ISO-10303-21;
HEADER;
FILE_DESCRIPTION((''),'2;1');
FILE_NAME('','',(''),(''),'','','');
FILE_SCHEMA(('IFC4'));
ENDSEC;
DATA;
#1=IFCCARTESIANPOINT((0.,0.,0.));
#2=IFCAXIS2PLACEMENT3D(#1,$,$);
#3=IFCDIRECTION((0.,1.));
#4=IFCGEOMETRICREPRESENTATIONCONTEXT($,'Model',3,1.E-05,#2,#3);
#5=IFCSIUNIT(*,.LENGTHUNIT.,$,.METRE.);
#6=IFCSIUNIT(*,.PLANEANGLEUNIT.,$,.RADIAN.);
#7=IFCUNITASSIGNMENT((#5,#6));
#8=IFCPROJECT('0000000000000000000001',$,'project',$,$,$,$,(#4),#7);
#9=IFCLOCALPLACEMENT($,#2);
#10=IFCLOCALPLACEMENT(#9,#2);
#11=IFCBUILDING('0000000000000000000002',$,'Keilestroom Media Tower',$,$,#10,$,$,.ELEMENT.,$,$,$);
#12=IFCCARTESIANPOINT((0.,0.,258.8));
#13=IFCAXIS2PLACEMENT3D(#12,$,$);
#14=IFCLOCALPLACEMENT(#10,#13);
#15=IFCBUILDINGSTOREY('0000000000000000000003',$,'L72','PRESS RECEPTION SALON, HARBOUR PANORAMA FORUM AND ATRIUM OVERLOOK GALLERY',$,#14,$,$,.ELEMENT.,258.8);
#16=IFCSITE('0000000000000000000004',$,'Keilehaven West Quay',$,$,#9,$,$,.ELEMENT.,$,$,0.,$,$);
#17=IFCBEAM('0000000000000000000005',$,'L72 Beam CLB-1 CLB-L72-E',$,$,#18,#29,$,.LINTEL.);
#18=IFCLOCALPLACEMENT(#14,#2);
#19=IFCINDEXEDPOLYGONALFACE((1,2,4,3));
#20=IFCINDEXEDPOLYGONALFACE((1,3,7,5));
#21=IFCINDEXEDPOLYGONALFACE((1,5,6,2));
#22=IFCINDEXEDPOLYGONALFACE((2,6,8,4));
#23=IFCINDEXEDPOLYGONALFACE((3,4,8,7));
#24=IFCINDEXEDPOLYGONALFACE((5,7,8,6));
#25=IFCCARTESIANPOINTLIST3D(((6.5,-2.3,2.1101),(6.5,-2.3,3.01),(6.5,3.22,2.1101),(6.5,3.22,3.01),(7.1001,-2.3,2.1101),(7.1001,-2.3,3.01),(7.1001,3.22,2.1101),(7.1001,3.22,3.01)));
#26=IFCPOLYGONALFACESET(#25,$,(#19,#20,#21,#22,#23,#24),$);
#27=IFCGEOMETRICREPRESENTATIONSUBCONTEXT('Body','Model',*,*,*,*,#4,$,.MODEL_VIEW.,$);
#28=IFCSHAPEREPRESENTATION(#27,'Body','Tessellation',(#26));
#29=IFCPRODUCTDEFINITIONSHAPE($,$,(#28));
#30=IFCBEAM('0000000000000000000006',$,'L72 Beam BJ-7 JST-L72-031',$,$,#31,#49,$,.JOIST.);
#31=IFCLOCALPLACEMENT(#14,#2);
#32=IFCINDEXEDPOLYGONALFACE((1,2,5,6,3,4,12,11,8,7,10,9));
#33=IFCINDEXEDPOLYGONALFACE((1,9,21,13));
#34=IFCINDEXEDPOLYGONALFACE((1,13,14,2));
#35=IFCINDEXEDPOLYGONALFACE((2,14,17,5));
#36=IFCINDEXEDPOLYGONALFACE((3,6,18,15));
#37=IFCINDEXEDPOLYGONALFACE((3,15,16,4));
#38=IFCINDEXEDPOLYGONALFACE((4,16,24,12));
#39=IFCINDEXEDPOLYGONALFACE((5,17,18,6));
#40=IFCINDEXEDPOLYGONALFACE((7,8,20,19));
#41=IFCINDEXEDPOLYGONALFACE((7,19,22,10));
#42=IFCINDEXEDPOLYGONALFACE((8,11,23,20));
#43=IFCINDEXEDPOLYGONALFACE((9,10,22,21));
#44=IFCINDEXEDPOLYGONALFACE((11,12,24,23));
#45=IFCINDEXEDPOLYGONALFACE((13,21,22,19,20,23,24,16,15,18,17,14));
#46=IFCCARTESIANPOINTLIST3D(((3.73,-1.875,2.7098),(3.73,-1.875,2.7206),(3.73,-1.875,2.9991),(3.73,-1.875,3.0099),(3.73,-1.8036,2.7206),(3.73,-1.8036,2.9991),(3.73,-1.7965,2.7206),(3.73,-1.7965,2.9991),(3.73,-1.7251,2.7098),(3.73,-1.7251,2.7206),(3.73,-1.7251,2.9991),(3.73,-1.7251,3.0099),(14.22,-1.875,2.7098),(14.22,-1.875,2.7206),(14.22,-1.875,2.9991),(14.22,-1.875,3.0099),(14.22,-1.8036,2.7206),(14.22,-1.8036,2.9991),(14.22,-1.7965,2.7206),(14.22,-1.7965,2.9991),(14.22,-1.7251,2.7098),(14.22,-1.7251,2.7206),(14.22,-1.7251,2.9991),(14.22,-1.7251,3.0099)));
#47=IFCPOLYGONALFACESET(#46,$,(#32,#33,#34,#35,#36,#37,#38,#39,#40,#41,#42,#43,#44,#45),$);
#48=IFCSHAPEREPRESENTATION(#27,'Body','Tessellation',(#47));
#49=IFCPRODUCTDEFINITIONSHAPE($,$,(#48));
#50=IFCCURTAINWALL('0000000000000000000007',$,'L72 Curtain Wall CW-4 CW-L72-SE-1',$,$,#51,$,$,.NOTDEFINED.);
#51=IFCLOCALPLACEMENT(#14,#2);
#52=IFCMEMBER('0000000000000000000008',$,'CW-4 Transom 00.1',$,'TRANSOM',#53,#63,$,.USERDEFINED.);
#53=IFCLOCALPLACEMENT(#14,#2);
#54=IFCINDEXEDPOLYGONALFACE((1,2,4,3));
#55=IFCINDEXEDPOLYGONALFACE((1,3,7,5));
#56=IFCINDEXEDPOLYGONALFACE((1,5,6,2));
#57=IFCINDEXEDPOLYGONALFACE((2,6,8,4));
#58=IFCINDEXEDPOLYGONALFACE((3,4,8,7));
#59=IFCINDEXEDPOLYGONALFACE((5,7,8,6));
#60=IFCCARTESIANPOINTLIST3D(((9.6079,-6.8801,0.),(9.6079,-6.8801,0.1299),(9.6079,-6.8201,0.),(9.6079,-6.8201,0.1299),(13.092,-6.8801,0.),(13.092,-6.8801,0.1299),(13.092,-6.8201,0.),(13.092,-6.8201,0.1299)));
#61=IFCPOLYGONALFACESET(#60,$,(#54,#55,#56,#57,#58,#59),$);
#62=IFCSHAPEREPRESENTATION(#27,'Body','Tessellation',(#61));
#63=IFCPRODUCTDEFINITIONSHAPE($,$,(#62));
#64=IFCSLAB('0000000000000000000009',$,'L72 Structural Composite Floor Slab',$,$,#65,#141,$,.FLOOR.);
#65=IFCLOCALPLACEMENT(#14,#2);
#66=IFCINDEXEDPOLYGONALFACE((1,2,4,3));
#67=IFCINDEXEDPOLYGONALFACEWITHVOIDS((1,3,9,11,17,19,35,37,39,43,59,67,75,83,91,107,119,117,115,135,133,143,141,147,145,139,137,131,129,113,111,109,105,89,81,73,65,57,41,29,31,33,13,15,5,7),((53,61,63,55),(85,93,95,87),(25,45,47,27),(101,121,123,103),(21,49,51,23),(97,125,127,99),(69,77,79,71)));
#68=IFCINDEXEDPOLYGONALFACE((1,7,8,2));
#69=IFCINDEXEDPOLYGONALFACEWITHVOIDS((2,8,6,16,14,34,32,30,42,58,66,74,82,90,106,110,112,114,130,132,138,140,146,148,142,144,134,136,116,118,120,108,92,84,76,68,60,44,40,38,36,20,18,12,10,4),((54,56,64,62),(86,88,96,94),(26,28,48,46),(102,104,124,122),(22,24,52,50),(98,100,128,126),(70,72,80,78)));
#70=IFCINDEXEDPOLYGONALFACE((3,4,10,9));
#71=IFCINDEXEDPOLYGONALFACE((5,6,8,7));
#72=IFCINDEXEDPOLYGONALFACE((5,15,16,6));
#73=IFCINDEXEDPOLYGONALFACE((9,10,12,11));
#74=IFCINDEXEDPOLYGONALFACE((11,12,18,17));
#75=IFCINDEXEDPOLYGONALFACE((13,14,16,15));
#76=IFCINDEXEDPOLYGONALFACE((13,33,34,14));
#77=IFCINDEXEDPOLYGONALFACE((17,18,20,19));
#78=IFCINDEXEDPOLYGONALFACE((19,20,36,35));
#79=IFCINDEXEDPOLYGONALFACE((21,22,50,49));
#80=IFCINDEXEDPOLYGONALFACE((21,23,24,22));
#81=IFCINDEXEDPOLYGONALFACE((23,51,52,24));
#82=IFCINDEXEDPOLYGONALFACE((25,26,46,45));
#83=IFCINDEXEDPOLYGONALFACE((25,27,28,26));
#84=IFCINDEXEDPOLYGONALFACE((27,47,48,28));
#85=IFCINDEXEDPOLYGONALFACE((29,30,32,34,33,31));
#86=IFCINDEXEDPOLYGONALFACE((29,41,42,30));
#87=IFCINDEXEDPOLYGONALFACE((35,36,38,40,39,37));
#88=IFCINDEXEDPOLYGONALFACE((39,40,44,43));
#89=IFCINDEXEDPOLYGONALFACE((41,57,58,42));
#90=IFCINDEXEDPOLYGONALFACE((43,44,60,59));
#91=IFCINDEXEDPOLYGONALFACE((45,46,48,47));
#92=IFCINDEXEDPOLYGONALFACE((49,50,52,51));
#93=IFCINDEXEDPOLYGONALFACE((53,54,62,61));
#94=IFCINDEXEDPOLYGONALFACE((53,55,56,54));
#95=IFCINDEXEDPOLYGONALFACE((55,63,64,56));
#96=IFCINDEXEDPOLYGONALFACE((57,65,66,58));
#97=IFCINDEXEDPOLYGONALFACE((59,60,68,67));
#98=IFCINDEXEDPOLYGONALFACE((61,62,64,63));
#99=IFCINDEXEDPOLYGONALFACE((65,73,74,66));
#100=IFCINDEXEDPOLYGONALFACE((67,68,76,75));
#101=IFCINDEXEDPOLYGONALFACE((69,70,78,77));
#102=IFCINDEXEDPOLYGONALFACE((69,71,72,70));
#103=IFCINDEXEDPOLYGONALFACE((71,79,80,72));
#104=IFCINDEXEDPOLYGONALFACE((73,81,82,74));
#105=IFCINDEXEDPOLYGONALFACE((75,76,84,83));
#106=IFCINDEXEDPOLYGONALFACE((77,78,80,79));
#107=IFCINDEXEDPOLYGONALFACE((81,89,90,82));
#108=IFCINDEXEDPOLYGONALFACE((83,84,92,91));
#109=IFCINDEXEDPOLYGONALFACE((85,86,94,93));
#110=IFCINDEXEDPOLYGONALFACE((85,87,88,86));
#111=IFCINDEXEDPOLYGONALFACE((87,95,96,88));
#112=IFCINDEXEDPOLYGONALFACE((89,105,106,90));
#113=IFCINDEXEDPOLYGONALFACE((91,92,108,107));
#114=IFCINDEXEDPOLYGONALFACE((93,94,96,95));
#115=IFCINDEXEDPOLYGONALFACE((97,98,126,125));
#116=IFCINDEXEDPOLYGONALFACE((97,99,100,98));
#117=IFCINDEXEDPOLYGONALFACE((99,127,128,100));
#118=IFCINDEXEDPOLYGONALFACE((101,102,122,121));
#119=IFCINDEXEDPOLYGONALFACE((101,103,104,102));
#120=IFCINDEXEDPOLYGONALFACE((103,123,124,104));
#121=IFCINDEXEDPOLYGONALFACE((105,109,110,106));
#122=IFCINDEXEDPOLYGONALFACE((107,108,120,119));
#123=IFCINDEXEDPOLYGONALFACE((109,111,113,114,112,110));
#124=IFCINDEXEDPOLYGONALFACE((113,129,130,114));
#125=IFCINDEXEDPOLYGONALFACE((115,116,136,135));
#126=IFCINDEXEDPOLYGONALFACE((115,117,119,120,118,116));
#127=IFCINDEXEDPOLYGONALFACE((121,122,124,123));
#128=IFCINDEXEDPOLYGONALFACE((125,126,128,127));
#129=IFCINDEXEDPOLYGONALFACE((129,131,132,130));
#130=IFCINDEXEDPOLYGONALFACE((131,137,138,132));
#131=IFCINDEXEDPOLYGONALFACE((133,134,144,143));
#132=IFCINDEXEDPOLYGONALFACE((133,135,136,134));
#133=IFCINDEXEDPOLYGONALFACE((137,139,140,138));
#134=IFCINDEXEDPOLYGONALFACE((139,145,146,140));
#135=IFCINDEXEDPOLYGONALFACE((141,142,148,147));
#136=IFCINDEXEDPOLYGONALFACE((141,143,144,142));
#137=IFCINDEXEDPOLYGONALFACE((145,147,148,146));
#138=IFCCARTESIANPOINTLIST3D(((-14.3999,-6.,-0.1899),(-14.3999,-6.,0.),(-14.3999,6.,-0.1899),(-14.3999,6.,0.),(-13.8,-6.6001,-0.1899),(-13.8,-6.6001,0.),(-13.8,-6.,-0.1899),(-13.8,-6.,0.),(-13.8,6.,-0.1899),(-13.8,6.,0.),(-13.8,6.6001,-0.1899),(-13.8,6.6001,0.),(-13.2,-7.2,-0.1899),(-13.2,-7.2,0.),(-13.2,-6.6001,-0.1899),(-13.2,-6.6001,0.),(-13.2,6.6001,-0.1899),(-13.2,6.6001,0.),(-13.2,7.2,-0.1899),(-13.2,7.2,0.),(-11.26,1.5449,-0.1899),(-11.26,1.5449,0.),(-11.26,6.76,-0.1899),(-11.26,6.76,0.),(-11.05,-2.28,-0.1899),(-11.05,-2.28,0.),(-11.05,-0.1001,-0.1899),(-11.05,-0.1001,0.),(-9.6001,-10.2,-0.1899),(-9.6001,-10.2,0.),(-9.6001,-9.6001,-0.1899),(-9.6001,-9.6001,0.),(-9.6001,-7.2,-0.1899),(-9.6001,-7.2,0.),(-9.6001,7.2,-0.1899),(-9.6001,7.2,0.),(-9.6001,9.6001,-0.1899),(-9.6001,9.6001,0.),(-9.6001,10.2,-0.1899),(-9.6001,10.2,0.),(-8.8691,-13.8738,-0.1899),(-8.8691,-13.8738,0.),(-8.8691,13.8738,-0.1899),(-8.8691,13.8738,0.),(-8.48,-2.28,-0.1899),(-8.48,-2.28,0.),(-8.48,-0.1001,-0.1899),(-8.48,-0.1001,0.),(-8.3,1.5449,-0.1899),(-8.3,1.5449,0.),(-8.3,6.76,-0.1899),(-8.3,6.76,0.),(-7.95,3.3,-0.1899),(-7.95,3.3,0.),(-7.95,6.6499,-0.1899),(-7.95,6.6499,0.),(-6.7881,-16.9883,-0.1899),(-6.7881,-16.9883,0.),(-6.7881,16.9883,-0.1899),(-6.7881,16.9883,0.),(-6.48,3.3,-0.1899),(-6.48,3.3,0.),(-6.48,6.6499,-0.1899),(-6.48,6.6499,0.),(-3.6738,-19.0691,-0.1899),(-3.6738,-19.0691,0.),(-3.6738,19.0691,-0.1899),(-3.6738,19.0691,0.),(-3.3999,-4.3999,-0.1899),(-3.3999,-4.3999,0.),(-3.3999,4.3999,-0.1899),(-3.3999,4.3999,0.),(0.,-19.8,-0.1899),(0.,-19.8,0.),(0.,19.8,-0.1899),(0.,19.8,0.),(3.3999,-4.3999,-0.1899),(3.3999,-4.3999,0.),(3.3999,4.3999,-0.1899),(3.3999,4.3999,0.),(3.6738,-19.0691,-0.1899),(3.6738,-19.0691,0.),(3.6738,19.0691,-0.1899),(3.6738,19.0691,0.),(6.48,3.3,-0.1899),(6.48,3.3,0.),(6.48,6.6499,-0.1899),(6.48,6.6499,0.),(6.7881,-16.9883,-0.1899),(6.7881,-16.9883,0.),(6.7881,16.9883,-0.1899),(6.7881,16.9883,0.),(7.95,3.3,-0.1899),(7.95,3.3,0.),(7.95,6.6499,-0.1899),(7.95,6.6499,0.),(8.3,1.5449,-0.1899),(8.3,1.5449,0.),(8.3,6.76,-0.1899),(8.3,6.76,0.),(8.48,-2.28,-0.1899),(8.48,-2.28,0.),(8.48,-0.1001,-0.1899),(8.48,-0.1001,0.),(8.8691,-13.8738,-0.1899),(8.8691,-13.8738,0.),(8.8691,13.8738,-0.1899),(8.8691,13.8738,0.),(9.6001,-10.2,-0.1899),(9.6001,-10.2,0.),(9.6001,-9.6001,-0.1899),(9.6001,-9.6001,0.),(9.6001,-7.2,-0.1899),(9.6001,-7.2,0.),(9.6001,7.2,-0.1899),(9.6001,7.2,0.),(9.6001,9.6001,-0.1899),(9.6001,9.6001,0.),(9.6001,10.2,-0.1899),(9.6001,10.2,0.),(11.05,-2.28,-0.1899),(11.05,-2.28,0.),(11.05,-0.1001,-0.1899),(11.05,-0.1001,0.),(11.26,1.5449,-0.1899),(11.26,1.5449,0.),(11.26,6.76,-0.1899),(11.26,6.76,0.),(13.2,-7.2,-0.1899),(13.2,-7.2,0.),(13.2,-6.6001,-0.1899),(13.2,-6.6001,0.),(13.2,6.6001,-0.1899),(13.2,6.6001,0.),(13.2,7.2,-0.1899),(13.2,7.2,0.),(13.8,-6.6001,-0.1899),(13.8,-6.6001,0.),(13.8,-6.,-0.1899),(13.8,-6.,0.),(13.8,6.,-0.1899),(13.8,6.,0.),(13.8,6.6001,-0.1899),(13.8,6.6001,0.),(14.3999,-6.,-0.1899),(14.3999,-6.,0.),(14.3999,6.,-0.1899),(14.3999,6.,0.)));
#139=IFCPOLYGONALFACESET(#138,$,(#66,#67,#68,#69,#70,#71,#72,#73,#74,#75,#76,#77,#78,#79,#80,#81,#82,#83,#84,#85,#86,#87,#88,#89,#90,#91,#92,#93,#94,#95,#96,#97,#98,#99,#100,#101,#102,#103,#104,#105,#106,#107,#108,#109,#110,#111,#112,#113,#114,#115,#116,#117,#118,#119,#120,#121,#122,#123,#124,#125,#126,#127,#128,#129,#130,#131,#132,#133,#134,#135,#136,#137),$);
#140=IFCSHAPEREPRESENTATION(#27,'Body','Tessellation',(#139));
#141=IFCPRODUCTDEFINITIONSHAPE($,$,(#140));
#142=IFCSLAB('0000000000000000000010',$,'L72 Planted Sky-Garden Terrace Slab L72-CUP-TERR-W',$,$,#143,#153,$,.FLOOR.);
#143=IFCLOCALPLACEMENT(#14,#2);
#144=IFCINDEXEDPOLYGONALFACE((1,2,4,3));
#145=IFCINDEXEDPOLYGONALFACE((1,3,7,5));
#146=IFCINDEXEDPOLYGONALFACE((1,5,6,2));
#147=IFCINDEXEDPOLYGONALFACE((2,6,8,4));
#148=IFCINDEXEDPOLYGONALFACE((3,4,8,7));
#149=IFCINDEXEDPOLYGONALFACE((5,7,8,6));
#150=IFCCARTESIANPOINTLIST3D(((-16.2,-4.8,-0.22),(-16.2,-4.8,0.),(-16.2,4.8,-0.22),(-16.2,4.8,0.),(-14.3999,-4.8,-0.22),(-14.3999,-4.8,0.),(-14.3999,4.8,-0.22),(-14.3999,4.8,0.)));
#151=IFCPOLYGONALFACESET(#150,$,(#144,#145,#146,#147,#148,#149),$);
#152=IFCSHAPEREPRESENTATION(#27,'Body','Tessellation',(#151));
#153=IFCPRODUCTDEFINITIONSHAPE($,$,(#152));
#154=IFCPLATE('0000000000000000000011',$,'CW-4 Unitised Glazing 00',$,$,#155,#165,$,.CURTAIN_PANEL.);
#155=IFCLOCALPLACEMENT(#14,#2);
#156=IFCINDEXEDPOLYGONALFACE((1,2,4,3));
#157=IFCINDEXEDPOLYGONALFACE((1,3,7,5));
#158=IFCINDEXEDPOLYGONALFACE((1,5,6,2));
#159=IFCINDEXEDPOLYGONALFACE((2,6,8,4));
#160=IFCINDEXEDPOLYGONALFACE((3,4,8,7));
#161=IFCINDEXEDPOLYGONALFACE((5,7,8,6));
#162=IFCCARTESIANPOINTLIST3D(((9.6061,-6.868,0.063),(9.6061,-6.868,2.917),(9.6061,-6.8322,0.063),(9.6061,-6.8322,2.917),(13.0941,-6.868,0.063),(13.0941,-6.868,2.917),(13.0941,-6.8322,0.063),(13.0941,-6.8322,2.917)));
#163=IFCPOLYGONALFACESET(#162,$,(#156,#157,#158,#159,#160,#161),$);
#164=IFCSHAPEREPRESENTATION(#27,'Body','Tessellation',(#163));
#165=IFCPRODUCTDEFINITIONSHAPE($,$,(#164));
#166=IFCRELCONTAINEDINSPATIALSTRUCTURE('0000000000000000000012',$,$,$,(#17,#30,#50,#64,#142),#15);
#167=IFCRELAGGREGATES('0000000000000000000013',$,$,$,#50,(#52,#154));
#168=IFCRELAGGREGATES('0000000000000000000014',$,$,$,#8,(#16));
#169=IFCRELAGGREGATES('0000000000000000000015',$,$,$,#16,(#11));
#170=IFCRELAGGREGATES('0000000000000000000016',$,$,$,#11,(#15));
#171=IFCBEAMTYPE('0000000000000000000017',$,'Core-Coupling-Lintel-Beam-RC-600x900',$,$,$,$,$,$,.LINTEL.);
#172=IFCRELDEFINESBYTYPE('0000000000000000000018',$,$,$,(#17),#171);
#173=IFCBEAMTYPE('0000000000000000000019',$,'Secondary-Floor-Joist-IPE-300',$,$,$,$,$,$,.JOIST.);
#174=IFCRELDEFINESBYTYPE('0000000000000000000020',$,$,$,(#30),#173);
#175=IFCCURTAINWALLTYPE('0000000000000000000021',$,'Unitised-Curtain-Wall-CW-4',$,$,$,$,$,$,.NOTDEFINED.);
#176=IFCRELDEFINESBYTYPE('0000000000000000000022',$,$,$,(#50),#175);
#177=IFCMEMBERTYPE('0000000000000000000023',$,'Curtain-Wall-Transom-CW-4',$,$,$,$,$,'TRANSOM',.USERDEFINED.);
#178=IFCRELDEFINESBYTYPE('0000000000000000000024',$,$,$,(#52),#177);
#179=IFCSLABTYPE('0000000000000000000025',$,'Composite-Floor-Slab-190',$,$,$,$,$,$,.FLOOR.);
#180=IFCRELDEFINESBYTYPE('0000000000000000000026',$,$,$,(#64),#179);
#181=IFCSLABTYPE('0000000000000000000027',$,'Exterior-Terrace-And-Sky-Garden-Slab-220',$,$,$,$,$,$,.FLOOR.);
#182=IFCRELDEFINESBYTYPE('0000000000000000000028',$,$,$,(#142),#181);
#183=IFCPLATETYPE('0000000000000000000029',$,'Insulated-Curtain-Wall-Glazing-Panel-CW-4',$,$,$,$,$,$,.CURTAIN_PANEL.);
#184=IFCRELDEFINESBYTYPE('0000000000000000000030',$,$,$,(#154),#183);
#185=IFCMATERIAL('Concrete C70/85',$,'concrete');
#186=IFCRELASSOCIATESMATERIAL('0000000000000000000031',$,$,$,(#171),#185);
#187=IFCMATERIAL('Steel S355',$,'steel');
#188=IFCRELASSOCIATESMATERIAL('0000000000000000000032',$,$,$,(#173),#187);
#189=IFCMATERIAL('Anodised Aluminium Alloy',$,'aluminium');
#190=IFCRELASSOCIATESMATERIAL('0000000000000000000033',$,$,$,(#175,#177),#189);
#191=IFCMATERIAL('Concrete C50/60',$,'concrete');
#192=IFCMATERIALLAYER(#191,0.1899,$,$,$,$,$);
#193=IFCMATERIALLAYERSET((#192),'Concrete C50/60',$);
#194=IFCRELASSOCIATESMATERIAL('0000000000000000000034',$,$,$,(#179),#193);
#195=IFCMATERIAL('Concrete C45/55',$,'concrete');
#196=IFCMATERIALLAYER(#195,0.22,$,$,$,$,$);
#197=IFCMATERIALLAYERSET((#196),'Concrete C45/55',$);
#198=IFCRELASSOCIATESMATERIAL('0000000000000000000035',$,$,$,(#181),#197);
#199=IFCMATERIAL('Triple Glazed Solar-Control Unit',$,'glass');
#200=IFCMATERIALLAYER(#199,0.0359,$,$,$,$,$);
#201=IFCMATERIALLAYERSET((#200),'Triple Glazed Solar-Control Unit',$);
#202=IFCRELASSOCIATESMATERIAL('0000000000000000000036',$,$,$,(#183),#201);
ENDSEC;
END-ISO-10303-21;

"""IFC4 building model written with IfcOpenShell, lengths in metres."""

from ifc_helpers import new_model, si_unit, direction, frame, origin, origin_2d, place, context, subcontext, project, spatial, polyline, rectangle, i_section, outline, extrude, source, transform, mapped, material, layer, layer_set, material_profile, profile_set, type_object, element, aggregate, save


model = new_model("IFC4")

# Units and contexts
model_context = context("Model", 3, precision=1e-05, world=origin(), true_north=direction((0.0, 1.0)))
body_context = subcontext(model_context, "Body", "Model", "MODEL_VIEW")
ifc_project = project(units=[si_unit("LENGTHUNIT", "METRE"), si_unit("PLANEANGLEUNIT", "RADIAN")], contexts=[model_context])

# Site, building, storey
site_placement = place(None, origin())
site = spatial("IfcSite", under=ifc_project, at=site_placement, Name="Keilehaven West Quay", CompositionType="ELEMENT", RefElevation=0.0)
building_placement = place(site_placement, origin())
building = spatial("IfcBuilding", under=site, at=building_placement, Name="Keilestroom Media Tower", CompositionType="ELEMENT")
storey_placement = place(building_placement, frame((0.0, 0.0, 258.8)))
storey = spatial("IfcBuildingStorey", under=building, at=storey_placement, Name="L72", Description="PRESS RECEPTION SALON, HARBOUR PANORAMA FORUM AND ATRIUM OVERLOOK GALLERY", CompositionType="ELEMENT", Elevation=258.8)

# Beams
ifc_material_1 = material(Name="Concrete C70/85", Category="concrete")
ifc_material_profile_1 = material_profile(ifc_material_1, rectangle(XDim=0.6001, YDim=0.8999, at=origin_2d()), Name="RC 600x900")
ifc_profile_set_1 = profile_set([ifc_material_profile_1], Name="Concrete C70/85")
beam_type_1 = type_object("IfcBeamType", Name="Core-Coupling-Lintel-Beam-RC-600x900", PredefinedType="LINTEL", material=ifc_profile_set_1)
shared_shape_1 = source(origin(), body_context, "Body", "SweptSolid", [
    extrude(rectangle(XDim=0.6001, YDim=0.8999, at=origin_2d()), origin(), (0.0, 0.0, 1.0), 5.52),
])
beam_1_placement = place(storey_placement, frame((6.8, -2.3, 2.5601), z_axis=(0.0, 1.0, 0.0), x_axis=(-1.0, 0.0, 0.0)))
element("IfcBeam", 1, at=beam_1_placement, inside=storey, type_object=beam_type_1, Name="L72 Beam CLB-1 CLB-L72-E", PredefinedType="LINTEL", context=body_context, shape_type="MappedRepresentation", body=[
    mapped(shared_shape_1, transform((0.0, 0.0, 0.0), x_axis=(1.0, 0.0, 0.0), y_axis=(0.0, 1.0, 0.0), z_axis=(0.0, 0.0, 1.0), scale=1.0)),
])
ifc_material_2 = material(Name="Steel S355", Category="steel")
ifc_material_profile_2 = material_profile(ifc_material_2, i_section(OverallWidth=0.1499, OverallDepth=0.3, WebThickness=0.0071, FlangeThickness=0.0107, at=origin_2d()), Name="IPE 300")
ifc_profile_set_2 = profile_set([ifc_material_profile_2], Name="Steel S355")
beam_type_2 = type_object("IfcBeamType", Name="Secondary-Floor-Joist-IPE-300", PredefinedType="JOIST", material=ifc_profile_set_2)
shared_shape_2 = source(origin(), body_context, "Body", "SweptSolid", [
    extrude(i_section(OverallWidth=0.1499, OverallDepth=0.3, WebThickness=0.0071, FlangeThickness=0.0107, at=origin_2d()), origin(), (0.0, 0.0, 1.0), 10.49),
])
beam_2_placement = place(storey_placement, frame((3.73, -1.8, 2.8599), z_axis=(1.0, 0.0, 0.0), x_axis=(0.0, 1.0, 0.0)))
element("IfcBeam", 2, at=beam_2_placement, inside=storey, type_object=beam_type_2, Name="L72 Beam BJ-7 JST-L72-031", PredefinedType="JOIST", context=body_context, shape_type="MappedRepresentation", body=[
    mapped(shared_shape_2, transform((0.0, 0.0, 0.0), x_axis=(1.0, 0.0, 0.0), y_axis=(0.0, 1.0, 0.0), z_axis=(0.0, 0.0, 1.0), scale=1.0)),
])

# Curtain wall, member
ifc_material_3 = material(Name="Anodised Aluminium Alloy", Category="aluminium")
curtain_wall_type = type_object("IfcCurtainWallType", Name="Unitised-Curtain-Wall-CW-4", PredefinedType="NOTDEFINED", material=ifc_material_3)
curtain_wall_placement = place(storey_placement, origin())
curtain_wall = element("IfcCurtainWall", 3, at=curtain_wall_placement, inside=storey, type_object=curtain_wall_type, Name="L72 Curtain Wall CW-4 CW-L72-SE-1", PredefinedType="NOTDEFINED")
ifc_material_profile_3 = material_profile(ifc_material_3, rectangle(XDim=0.0601, YDim=0.1299, at=origin_2d()), Name="ALU TRANSOM 60x130")
ifc_profile_set_3 = profile_set([ifc_material_profile_3], Name="Anodised Aluminium Alloy")
member_type = type_object("IfcMemberType", Name="Curtain-Wall-Transom-CW-4", ElementType="TRANSOM", PredefinedType="USERDEFINED", material=ifc_profile_set_3)
shared_shape_3 = source(origin(), body_context, "Body", "SweptSolid", [
    extrude(rectangle(XDim=0.0601, YDim=0.1299, at=origin_2d()), origin(), (0.0, 0.0, 1.0), 3.4841),
])
member_placement = place(storey_placement, frame((9.6079, -6.8501, 0.0649), z_axis=(1.0, 0.0, 0.0), x_axis=(0.0, 1.0, 0.0)))
member = element("IfcMember", 4, at=member_placement, type_object=member_type, Name="CW-4 Transom 00.1", ObjectType="TRANSOM", PredefinedType="USERDEFINED", context=body_context, shape_type="MappedRepresentation", body=[
    mapped(shared_shape_3, transform((0.0, 0.0, 0.0), x_axis=(1.0, 0.0, 0.0), y_axis=(0.0, 1.0, 0.0), z_axis=(0.0, 0.0, 1.0), scale=1.0)),
])

# Slabs
ifc_material_4 = material(Name="Concrete C50/60", Category="concrete")
ifc_layer_1 = layer(ifc_material_4, 0.1899)
ifc_layer_set_1 = layer_set([ifc_layer_1], Name="Concrete C50/60")
slab_type_1 = type_object("IfcSlabType", Name="Composite-Floor-Slab-190", PredefinedType="FLOOR", material=ifc_layer_set_1)
slab_1_placement = place(storey_placement, frame((0.0, 0.0, -0.1899)))
element("IfcSlab", 5, at=slab_1_placement, inside=storey, type_object=slab_type_1, Name="L72 Structural Composite Floor Slab", PredefinedType="FLOOR", context=body_context, shape_type="SweptSolid", body=[
    extrude(outline(polyline([(14.3999, -6.0), (14.3999, 6.0), (13.8, 6.0), (13.8, 6.6001), (13.2, 6.6001), (13.2, 7.2), (9.6001, 7.2), (9.6001, 9.6001), (9.6001, 10.2), (8.8691, 13.8738), (6.7881, 16.9883), (3.6738, 19.0691), (0.0, 19.8), (-3.6738, 19.0691), (-6.7881, 16.9883), (-8.8691, 13.8738), (-9.6001, 10.2), (-9.6001, 9.6001), (-9.6001, 7.2), (-13.2, 7.2), (-13.2, 6.6001), (-13.8, 6.6001), (-13.8, 6.0), (-14.3999, 6.0), (-14.3999, -6.0), (-13.8, -6.0), (-13.8, -6.6001), (-13.2, -6.6001), (-13.2, -7.2), (-9.6001, -7.2), (-9.6001, -9.6001), (-9.6001, -10.2), (-8.8691, -13.8738), (-6.7881, -16.9883), (-3.6738, -19.0691), (0.0, -19.8), (3.6738, -19.0691), (6.7881, -16.9883), (8.8691, -13.8738), (9.6001, -10.2), (9.6001, -9.6001), (9.6001, -7.2), (13.2, -7.2), (13.2, -6.6001), (13.8, -6.6001), (13.8, -6.0), (14.3999, -6.0)]), holes=[polyline([(-8.3, 1.5449), (-11.26, 1.5449), (-11.26, 6.76), (-8.3, 6.76), (-8.3, 1.5449)]), polyline([(-8.48, -2.28), (-11.05, -2.28), (-11.05, -0.1001), (-8.48, -0.1001), (-8.48, -2.28)]), polyline([(-6.48, 3.3), (-7.95, 3.3), (-7.95, 6.6499), (-6.48, 6.6499), (-6.48, 3.3)]), polyline([(3.3999, -4.3999), (-3.3999, -4.3999), (-3.3999, 4.3999), (3.3999, 4.3999), (3.3999, -4.3999)]), polyline([(7.95, 3.3), (6.48, 3.3), (6.48, 6.6499), (7.95, 6.6499), (7.95, 3.3)]), polyline([(11.26, 1.5449), (8.3, 1.5449), (8.3, 6.76), (11.26, 6.76), (11.26, 1.5449)]), polyline([(11.05, -2.28), (8.48, -2.28), (8.48, -0.1001), (11.05, -0.1001), (11.05, -2.28)])]), origin(), (0.0, 0.0, 1.0), 0.1899),
])
ifc_material_5 = material(Name="Concrete C45/55", Category="concrete")
ifc_layer_2 = layer(ifc_material_5, 0.22)
ifc_layer_set_2 = layer_set([ifc_layer_2], Name="Concrete C45/55")
slab_type_2 = type_object("IfcSlabType", Name="Exterior-Terrace-And-Sky-Garden-Slab-220", PredefinedType="FLOOR", material=ifc_layer_set_2)
slab_2_placement = place(storey_placement, frame((0.0, 0.0, -0.22)))
element("IfcSlab", 6, at=slab_2_placement, inside=storey, type_object=slab_type_2, Name="L72 Planted Sky-Garden Terrace Slab L72-CUP-TERR-W", PredefinedType="FLOOR", context=body_context, shape_type="SweptSolid", body=[
    extrude(outline(polyline([(-16.2, -4.8), (-14.3999, -4.8), (-14.3999, 4.8), (-16.2, 4.8), (-16.2, -4.8)])), origin(), (0.0, 0.0, 1.0), 0.22),
])

# Plate
ifc_material_6 = material(Name="Triple Glazed Solar-Control Unit", Category="glass")
ifc_layer_3 = layer(ifc_material_6, 0.0359)
ifc_layer_set_3 = layer_set([ifc_layer_3], Name="Triple Glazed Solar-Control Unit")
plate_type = type_object("IfcPlateType", Name="Insulated-Curtain-Wall-Glazing-Panel-CW-4", PredefinedType="CURTAIN_PANEL", material=ifc_layer_set_3)
shared_shape_4 = source(origin(), body_context, "Body", "SweptSolid", [
    extrude(rectangle(XDim=3.488, YDim=0.0359, at=origin_2d()), origin(), (0.0, 0.0, 1.0), 2.854),
])
plate_placement = place(storey_placement, frame((11.3501, -6.8501, 0.063), z_axis=(0.0, 0.0, 1.0), x_axis=(1.0, 0.0, 0.0)))
plate = element("IfcPlate", 7, at=plate_placement, type_object=plate_type, Name="CW-4 Unitised Glazing 00", PredefinedType="CURTAIN_PANEL", context=body_context, shape_type="MappedRepresentation", body=[
    mapped(shared_shape_4, transform((0.0, 0.0, 0.0), x_axis=(1.0, 0.0, 0.0), y_axis=(0.0, 1.0, 0.0), z_axis=(0.0, 0.0, 1.0), scale=1.0)),
])
aggregate(curtain_wall, [member, plate])

save(model, "model.ifc")
